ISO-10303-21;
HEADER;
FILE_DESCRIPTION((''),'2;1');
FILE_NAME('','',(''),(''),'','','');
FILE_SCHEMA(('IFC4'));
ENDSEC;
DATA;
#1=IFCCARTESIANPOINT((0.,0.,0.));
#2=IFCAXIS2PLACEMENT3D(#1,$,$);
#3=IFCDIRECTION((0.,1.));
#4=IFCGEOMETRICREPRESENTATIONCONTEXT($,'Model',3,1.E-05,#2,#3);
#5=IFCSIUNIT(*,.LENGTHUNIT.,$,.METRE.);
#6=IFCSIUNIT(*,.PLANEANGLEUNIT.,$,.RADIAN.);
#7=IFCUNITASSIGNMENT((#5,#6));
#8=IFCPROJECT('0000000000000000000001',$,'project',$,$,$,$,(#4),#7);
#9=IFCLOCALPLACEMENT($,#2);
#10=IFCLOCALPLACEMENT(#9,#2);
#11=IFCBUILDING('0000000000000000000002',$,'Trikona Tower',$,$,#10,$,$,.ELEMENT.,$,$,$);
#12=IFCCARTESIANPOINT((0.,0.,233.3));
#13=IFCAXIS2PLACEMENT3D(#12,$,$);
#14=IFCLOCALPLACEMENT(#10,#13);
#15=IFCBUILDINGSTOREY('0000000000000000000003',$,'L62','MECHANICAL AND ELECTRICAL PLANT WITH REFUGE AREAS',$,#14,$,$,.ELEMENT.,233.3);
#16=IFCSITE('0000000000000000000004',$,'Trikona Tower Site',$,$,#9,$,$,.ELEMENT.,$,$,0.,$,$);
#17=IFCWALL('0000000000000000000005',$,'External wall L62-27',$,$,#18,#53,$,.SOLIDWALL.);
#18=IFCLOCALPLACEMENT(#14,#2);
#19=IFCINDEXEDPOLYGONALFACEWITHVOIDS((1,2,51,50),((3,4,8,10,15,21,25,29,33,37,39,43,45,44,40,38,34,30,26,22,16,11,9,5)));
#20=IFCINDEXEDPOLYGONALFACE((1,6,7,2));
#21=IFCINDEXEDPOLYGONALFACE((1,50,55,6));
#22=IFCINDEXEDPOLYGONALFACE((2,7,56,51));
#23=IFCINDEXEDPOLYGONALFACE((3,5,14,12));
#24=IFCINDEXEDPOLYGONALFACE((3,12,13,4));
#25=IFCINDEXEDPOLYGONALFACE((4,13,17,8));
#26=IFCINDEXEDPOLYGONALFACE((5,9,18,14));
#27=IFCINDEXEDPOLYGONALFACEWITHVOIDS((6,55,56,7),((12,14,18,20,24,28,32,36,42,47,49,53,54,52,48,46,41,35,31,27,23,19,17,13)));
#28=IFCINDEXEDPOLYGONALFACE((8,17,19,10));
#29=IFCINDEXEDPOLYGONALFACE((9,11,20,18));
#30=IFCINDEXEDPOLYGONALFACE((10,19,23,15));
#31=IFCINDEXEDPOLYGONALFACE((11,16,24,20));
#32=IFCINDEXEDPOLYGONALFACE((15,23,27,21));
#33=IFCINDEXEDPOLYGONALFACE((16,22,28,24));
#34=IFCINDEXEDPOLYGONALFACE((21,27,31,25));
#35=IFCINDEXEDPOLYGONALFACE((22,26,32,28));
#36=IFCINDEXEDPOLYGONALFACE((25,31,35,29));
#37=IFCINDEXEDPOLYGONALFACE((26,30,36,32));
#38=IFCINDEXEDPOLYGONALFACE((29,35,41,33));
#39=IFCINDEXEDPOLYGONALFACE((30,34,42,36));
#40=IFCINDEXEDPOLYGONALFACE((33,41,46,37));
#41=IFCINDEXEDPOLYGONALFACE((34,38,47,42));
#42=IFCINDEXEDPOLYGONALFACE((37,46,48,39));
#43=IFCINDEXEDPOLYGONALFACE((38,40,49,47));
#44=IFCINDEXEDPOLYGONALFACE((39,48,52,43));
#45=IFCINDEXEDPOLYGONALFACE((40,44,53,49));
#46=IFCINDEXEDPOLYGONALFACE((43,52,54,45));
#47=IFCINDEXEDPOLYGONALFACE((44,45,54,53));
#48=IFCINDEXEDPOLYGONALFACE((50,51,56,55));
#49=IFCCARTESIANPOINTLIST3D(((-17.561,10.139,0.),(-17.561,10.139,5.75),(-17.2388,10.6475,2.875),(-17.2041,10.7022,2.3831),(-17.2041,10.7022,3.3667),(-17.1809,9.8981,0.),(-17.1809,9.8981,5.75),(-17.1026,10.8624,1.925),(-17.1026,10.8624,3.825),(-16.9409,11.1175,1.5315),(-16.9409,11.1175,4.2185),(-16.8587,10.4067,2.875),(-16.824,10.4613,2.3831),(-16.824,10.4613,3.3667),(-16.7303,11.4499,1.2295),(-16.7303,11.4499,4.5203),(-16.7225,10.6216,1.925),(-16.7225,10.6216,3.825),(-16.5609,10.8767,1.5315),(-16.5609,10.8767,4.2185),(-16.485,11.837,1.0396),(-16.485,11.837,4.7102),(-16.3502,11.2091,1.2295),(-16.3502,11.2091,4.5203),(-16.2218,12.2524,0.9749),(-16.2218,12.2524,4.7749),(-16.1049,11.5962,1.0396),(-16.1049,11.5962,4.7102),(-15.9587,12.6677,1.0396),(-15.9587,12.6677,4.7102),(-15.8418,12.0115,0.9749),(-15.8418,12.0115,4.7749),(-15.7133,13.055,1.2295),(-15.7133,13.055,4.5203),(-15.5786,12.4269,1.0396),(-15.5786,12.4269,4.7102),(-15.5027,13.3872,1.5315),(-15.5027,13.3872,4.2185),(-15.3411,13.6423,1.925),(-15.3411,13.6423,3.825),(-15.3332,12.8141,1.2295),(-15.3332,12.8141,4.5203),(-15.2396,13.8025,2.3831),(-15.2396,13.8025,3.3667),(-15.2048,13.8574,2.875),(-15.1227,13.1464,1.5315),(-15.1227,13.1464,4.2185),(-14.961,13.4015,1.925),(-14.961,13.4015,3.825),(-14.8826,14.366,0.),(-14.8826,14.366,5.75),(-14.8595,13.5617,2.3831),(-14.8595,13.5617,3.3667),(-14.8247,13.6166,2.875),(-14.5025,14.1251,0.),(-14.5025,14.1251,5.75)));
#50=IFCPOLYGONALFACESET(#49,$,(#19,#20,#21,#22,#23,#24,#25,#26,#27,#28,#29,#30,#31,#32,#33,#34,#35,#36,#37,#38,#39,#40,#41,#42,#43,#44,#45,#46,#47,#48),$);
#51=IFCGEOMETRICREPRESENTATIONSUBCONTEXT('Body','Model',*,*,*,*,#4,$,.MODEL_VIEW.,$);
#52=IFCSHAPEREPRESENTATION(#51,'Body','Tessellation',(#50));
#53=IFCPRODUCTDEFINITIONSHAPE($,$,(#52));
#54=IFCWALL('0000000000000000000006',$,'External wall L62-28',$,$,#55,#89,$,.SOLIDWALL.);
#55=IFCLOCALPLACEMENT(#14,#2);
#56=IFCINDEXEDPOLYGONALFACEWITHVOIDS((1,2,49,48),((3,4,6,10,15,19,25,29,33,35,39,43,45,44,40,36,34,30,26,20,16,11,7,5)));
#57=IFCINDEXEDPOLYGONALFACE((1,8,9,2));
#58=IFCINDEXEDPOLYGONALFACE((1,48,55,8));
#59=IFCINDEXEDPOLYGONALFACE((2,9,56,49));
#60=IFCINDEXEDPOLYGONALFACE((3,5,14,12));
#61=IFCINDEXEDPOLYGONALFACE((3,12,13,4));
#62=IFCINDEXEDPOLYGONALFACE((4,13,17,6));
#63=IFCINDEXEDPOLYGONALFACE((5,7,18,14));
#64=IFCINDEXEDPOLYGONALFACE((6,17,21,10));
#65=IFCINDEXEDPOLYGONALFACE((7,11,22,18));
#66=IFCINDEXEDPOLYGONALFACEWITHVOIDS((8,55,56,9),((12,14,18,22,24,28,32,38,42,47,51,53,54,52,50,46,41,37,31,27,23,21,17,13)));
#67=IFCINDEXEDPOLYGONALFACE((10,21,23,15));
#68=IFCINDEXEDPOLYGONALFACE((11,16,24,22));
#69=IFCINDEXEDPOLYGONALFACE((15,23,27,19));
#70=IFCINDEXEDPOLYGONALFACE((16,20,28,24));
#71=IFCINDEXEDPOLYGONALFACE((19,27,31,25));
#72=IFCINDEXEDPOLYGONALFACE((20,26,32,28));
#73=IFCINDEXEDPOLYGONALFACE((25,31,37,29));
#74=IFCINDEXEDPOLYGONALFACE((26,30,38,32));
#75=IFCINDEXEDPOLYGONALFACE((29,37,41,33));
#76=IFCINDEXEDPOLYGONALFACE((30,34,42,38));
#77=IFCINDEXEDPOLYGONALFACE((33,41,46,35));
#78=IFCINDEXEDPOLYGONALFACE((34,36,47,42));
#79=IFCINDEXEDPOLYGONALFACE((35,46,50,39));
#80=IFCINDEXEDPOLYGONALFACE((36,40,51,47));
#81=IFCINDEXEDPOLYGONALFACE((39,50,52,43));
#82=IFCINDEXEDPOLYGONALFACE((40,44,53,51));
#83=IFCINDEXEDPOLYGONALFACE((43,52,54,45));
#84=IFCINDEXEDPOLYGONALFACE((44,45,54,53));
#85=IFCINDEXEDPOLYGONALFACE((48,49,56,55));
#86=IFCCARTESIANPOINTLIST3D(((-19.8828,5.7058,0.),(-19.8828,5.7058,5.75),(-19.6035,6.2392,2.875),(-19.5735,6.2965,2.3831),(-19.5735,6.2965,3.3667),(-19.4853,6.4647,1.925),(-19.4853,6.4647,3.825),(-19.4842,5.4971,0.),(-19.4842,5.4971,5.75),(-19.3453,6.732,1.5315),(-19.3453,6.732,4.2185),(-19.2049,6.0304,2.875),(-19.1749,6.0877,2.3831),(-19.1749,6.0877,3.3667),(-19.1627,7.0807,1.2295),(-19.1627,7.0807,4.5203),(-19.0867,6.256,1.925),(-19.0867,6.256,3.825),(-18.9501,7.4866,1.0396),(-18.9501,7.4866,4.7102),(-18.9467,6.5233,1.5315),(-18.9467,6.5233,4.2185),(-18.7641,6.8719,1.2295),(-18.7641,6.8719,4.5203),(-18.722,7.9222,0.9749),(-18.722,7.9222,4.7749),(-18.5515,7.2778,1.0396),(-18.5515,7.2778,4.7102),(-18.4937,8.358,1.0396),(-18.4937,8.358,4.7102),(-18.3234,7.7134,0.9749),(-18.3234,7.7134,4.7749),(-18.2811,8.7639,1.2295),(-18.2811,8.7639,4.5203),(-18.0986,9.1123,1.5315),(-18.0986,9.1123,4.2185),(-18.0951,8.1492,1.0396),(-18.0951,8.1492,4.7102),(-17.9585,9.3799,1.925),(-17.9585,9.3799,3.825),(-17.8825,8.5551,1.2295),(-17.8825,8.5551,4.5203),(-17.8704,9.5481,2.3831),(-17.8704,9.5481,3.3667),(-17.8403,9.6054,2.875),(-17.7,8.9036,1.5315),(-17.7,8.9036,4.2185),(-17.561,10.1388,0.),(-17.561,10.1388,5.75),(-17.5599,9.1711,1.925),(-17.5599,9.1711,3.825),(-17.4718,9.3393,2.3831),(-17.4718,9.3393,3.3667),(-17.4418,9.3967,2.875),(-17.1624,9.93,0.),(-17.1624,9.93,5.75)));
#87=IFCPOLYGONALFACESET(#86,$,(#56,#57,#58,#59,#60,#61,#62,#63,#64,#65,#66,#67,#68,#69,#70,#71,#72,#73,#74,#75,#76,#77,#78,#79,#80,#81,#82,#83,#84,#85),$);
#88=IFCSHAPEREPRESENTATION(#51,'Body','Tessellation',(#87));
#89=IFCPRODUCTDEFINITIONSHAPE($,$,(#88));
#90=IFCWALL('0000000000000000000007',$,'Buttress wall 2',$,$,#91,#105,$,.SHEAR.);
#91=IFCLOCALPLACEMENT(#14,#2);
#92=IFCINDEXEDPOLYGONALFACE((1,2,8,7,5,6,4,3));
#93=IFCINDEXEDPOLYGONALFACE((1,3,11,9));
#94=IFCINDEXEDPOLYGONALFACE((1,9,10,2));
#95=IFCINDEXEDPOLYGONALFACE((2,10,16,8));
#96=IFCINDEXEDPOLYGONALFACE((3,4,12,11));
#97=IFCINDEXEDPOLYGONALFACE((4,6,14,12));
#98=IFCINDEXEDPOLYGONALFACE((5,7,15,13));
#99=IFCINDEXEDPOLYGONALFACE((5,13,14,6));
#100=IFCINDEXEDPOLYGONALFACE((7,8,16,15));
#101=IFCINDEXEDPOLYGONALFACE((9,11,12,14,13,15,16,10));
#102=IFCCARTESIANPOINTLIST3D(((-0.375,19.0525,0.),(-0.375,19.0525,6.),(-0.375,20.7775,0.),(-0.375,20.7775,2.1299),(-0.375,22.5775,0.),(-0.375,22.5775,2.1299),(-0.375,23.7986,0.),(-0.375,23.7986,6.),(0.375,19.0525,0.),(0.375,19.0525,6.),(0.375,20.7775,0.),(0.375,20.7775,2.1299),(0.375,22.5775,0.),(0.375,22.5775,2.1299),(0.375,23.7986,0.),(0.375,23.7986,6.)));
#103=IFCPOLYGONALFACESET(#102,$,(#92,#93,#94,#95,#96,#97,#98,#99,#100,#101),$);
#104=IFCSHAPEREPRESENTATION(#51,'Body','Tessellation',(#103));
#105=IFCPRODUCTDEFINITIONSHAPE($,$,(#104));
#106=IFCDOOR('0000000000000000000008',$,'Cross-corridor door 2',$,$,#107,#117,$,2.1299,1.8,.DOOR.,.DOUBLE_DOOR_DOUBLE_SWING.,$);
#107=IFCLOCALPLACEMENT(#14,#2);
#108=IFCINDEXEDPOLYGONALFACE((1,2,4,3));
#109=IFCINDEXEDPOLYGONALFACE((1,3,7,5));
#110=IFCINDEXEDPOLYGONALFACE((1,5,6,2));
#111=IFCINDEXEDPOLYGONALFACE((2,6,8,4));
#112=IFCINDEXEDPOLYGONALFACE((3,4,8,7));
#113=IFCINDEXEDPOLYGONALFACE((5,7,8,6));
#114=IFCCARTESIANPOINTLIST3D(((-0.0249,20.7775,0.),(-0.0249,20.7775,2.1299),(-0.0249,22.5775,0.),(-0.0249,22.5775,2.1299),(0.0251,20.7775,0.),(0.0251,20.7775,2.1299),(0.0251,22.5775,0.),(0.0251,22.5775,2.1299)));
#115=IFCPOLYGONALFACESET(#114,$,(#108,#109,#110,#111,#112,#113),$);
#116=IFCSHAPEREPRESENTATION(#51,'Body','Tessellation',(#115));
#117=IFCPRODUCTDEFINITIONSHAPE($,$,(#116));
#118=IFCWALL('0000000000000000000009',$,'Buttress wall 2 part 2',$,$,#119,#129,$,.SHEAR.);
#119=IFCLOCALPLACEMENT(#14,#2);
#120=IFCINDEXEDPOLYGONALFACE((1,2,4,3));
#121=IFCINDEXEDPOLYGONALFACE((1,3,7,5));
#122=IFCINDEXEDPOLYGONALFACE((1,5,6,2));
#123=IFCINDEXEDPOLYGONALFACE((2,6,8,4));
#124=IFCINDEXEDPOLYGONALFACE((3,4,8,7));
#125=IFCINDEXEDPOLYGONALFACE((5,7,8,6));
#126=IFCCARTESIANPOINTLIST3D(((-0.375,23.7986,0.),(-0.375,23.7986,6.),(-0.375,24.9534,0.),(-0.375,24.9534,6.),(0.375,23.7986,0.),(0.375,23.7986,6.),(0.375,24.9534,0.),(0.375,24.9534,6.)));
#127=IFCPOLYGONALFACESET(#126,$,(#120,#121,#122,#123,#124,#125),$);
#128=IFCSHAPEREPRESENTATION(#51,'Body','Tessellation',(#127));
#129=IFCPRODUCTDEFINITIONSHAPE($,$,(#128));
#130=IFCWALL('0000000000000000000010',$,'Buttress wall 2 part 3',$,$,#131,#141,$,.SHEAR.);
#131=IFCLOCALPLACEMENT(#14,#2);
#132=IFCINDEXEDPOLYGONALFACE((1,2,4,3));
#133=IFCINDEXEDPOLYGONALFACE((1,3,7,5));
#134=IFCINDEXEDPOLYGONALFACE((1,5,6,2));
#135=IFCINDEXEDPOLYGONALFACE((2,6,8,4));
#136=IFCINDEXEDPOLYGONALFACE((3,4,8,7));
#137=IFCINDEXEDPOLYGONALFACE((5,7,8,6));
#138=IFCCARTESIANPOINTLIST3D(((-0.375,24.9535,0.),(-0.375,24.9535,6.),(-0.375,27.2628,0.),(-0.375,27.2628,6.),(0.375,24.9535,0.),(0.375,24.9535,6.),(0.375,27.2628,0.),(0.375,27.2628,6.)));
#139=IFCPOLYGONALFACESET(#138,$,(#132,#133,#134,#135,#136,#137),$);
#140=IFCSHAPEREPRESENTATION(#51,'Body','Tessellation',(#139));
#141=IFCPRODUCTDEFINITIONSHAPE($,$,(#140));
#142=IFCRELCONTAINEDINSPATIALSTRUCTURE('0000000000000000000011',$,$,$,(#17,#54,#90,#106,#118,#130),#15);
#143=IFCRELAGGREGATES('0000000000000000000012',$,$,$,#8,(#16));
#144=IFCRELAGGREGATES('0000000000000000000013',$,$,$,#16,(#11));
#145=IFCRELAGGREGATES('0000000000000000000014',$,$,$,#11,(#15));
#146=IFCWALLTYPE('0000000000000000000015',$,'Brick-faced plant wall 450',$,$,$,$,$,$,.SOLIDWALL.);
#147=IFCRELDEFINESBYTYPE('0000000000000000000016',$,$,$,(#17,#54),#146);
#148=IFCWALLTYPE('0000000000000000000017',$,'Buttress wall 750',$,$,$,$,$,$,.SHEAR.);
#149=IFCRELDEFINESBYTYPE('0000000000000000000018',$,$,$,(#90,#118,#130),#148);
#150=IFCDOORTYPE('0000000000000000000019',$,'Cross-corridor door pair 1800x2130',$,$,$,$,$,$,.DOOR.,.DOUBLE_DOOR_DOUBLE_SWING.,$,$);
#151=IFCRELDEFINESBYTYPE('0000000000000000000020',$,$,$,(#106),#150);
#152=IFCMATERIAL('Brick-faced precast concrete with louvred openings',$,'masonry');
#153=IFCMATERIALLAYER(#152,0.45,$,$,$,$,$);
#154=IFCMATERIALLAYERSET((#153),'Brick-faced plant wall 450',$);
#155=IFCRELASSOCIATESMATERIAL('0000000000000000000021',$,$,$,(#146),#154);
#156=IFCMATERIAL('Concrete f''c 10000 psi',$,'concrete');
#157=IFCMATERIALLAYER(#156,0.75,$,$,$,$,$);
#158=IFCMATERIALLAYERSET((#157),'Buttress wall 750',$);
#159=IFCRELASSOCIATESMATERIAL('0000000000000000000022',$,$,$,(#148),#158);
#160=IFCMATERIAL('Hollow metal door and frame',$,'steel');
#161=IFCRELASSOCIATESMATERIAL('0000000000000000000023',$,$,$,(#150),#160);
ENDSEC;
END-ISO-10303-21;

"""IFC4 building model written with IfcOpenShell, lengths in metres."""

from ifc_helpers import new_model, si_unit, direction, frame, frame_2d, origin, place, context, subcontext, project, spatial, polyline, rectangle, outline, extrude, material, layer, layer_set, type_object, element, fill, save


model = new_model("IFC4")

# Units and contexts
model_context = context("Model", 3, precision=1e-05, world=origin(), true_north=direction((0.0, 1.0)))
body_context = subcontext(model_context, "Body", "Model", "MODEL_VIEW")
ifc_project = project(units=[si_unit("LENGTHUNIT", "METRE"), si_unit("PLANEANGLEUNIT", "RADIAN")], contexts=[model_context])

# Site, building, storey
site_placement = place(None, origin())
site = spatial("IfcSite", under=ifc_project, at=site_placement, Name="Trikona Tower Site", CompositionType="ELEMENT", RefElevation=0.0)
building_placement = place(site_placement, origin())
building = spatial("IfcBuilding", under=site, at=building_placement, Name="Trikona Tower", CompositionType="ELEMENT")
storey_placement = place(building_placement, frame((0.0, 0.0, 233.3)))
storey = spatial("IfcBuildingStorey", under=building, at=storey_placement, Name="L62", Description="MECHANICAL AND ELECTRICAL PLANT WITH REFUGE AREAS", CompositionType="ELEMENT", Elevation=233.3)

# Walls
ifc_material_1 = material(Name="Brick-faced precast concrete with louvred openings", Category="masonry")
ifc_layer_1 = layer(ifc_material_1, 0.45)
ifc_layer_set_1 = layer_set([ifc_layer_1], Name="Brick-faced plant wall 450")
wall_type_1 = type_object("IfcWallType", Name="Brick-faced plant wall 450", PredefinedType="SOLIDWALL", material=ifc_layer_set_1)
wall_1_placement = place(storey_placement, frame((-14.6926, 14.2456, 0.0), z_axis=(0.0, 0.0, 1.0), x_axis=(-0.535242, -0.844698, 0.0)))
element("IfcWall", 1, at=wall_1_placement, inside=storey, type_object=wall_type_1, Name="External wall L62-27", PredefinedType="SOLIDWALL", context=body_context, shape_type="SweptSolid", body=[
    extrude(outline(polyline([(0.0, 0.0), (5.0042, 0.0), (5.0042, 5.75), (0.0, 5.75), (0.0, 0.0)]), holes=[polyline([(4.4021, 2.875), (4.3374, 3.3667), (4.1477, 3.825), (3.8457, 4.2185), (3.4521, 4.5203), (2.9939, 4.7102), (2.5022, 4.7749), (2.0105, 4.7102), (1.552, 4.5203), (1.1587, 4.2185), (0.8567, 3.825), (0.667, 3.3667), (0.6021, 2.875), (0.667, 2.3831), (0.8567, 1.925), (1.1587, 1.5315), (1.552, 1.2295), (2.0105, 1.0396), (2.5022, 0.9749), (2.9939, 1.0396), (3.4521, 1.2295), (3.8457, 1.5315), (4.1477, 1.925), (4.3374, 2.3831), (4.4021, 2.875)])]), frame((0.0, 0.2251, 0.0), z_axis=(0.0, -1.0, 0.0), x_axis=(1.0, 0.0, 0.0)), (0.0, 0.0, 1.0), 0.45),
])
wall_2_placement = place(storey_placement, frame((-17.3618, 10.0344, 0.0), z_axis=(0.0, 0.0, 1.0), x_axis=(-0.463976, -0.885848, 0.0)))
element("IfcWall", 2, at=wall_2_placement, inside=storey, type_object=wall_type_1, Name="External wall L62-28", PredefinedType="SOLIDWALL", context=body_context, shape_type="SweptSolid", body=[
    extrude(outline(polyline([(0.0, 0.0), (5.0042, 0.0), (5.0042, 5.75), (0.0, 5.75), (0.0, 0.0)]), holes=[polyline([(4.4021, 2.875), (4.3374, 3.3667), (4.1475, 3.825), (3.8457, 4.2185), (3.4521, 4.5203), (2.9939, 4.7102), (2.5022, 4.7749), (2.0103, 4.7102), (1.552, 4.5203), (1.1587, 4.2185), (0.8567, 3.825), (0.6667, 3.3667), (0.6021, 2.875), (0.6667, 2.3831), (0.8567, 1.925), (1.1587, 1.5315), (1.552, 1.2295), (2.0103, 1.0396), (2.5022, 0.9749), (2.9939, 1.0396), (3.4521, 1.2295), (3.8457, 1.5315), (4.1475, 1.925), (4.3374, 2.3831), (4.4021, 2.875)])]), frame((0.0, 0.2251, 0.0), z_axis=(0.0, -1.0, 0.0), x_axis=(1.0, 0.0, 0.0)), (0.0, 0.0, 1.0), 0.45),
])

# Wall, opening, door
ifc_material_2 = material(Name="Concrete f'c 10000 psi", Category="concrete")
ifc_layer_2 = layer(ifc_material_2, 0.75)
ifc_layer_set_2 = layer_set([ifc_layer_2], Name="Buttress wall 750")
wall_type_2 = type_object("IfcWallType", Name="Buttress wall 750", PredefinedType="SHEAR", material=ifc_layer_set_2)
wall_3_placement = place(storey_placement, frame((0.0, 19.0525, 0.0), z_axis=(0.0, 0.0, 1.0), x_axis=(0.0, 1.0, 0.0)))
wall_3 = element("IfcWall", 3, at=wall_3_placement, inside=storey, type_object=wall_type_2, Name="Buttress wall 2", PredefinedType="SHEAR", context=body_context, shape_type="SweptSolid", body=[
    extrude(rectangle(XDim=4.7461, YDim=0.75, at=frame_2d((2.373, 0.0))), origin(), (0.0, 0.0, 1.0), 6.0),
])
opening_1_placement = place(wall_3_placement, frame((1.7251, 0.0, 0.0)))
opening_1 = element("IfcOpeningElement", 4, at=opening_1_placement, cuts=wall_3, PredefinedType="OPENING", context=body_context, shape_type="SweptSolid", body=[
    extrude(rectangle(XDim=1.8, YDim=2.1299, at=frame_2d((0.8999, 1.0649))), frame((0.0, 0.385, 0.0), z_axis=(0.0, -1.0, 0.0), x_axis=(1.0, 0.0, 0.0)), (0.0, 0.0, 1.0), 0.77),
])
ifc_material_3 = material(Name="Hollow metal door and frame", Category="steel")
door_type_1 = type_object("IfcDoorType", Name="Cross-corridor door pair 1800x2130", OperationType="DOUBLE_DOOR_DOUBLE_SWING", PredefinedType="DOOR", material=ifc_material_3)
door_1_placement = place(opening_1_placement, origin())
door_1 = element("IfcDoor", 5, at=door_1_placement, inside=storey, type_object=door_type_1, Name="Cross-corridor door 2", OperationType="DOUBLE_DOOR_DOUBLE_SWING", OverallHeight=2.1299, OverallWidth=1.8, PredefinedType="DOOR", context=body_context, shape_type="SweptSolid", body=[
    extrude(rectangle(XDim=1.8, YDim=2.1299, at=frame_2d((0.8999, 1.0649))), frame((0.0, 0.0249, 0.0), z_axis=(0.0, -1.0, 0.0), x_axis=(1.0, 0.0, 0.0)), (0.0, 0.0, 1.0), 0.05),
])
fill(opening_1, door_1)

# Walls
wall_4_placement = place(storey_placement, frame((0.0, 23.7986, 0.0), z_axis=(0.0, 0.0, 1.0), x_axis=(0.0, 1.0, 0.0)))
element("IfcWall", 6, at=wall_4_placement, inside=storey, type_object=wall_type_2, Name="Buttress wall 2 part 2", PredefinedType="SHEAR", context=body_context, shape_type="SweptSolid", body=[
    extrude(rectangle(XDim=1.1548, YDim=0.75, at=frame_2d((0.5774, 0.0))), origin(), (0.0, 0.0, 1.0), 6.0),
])
wall_5_placement = place(storey_placement, frame((0.0, 24.9534, 0.0), z_axis=(0.0, 0.0, 1.0), x_axis=(0.0, 1.0, 0.0)))
element("IfcWall", 7, at=wall_5_placement, inside=storey, type_object=wall_type_2, Name="Buttress wall 2 part 3", PredefinedType="SHEAR", context=body_context, shape_type="SweptSolid", body=[
    extrude(rectangle(XDim=2.3093, YDim=0.75, at=frame_2d((1.1548, 0.0))), origin(), (0.0, 0.0, 1.0), 6.0),
])

save(model, "model.ifc")
